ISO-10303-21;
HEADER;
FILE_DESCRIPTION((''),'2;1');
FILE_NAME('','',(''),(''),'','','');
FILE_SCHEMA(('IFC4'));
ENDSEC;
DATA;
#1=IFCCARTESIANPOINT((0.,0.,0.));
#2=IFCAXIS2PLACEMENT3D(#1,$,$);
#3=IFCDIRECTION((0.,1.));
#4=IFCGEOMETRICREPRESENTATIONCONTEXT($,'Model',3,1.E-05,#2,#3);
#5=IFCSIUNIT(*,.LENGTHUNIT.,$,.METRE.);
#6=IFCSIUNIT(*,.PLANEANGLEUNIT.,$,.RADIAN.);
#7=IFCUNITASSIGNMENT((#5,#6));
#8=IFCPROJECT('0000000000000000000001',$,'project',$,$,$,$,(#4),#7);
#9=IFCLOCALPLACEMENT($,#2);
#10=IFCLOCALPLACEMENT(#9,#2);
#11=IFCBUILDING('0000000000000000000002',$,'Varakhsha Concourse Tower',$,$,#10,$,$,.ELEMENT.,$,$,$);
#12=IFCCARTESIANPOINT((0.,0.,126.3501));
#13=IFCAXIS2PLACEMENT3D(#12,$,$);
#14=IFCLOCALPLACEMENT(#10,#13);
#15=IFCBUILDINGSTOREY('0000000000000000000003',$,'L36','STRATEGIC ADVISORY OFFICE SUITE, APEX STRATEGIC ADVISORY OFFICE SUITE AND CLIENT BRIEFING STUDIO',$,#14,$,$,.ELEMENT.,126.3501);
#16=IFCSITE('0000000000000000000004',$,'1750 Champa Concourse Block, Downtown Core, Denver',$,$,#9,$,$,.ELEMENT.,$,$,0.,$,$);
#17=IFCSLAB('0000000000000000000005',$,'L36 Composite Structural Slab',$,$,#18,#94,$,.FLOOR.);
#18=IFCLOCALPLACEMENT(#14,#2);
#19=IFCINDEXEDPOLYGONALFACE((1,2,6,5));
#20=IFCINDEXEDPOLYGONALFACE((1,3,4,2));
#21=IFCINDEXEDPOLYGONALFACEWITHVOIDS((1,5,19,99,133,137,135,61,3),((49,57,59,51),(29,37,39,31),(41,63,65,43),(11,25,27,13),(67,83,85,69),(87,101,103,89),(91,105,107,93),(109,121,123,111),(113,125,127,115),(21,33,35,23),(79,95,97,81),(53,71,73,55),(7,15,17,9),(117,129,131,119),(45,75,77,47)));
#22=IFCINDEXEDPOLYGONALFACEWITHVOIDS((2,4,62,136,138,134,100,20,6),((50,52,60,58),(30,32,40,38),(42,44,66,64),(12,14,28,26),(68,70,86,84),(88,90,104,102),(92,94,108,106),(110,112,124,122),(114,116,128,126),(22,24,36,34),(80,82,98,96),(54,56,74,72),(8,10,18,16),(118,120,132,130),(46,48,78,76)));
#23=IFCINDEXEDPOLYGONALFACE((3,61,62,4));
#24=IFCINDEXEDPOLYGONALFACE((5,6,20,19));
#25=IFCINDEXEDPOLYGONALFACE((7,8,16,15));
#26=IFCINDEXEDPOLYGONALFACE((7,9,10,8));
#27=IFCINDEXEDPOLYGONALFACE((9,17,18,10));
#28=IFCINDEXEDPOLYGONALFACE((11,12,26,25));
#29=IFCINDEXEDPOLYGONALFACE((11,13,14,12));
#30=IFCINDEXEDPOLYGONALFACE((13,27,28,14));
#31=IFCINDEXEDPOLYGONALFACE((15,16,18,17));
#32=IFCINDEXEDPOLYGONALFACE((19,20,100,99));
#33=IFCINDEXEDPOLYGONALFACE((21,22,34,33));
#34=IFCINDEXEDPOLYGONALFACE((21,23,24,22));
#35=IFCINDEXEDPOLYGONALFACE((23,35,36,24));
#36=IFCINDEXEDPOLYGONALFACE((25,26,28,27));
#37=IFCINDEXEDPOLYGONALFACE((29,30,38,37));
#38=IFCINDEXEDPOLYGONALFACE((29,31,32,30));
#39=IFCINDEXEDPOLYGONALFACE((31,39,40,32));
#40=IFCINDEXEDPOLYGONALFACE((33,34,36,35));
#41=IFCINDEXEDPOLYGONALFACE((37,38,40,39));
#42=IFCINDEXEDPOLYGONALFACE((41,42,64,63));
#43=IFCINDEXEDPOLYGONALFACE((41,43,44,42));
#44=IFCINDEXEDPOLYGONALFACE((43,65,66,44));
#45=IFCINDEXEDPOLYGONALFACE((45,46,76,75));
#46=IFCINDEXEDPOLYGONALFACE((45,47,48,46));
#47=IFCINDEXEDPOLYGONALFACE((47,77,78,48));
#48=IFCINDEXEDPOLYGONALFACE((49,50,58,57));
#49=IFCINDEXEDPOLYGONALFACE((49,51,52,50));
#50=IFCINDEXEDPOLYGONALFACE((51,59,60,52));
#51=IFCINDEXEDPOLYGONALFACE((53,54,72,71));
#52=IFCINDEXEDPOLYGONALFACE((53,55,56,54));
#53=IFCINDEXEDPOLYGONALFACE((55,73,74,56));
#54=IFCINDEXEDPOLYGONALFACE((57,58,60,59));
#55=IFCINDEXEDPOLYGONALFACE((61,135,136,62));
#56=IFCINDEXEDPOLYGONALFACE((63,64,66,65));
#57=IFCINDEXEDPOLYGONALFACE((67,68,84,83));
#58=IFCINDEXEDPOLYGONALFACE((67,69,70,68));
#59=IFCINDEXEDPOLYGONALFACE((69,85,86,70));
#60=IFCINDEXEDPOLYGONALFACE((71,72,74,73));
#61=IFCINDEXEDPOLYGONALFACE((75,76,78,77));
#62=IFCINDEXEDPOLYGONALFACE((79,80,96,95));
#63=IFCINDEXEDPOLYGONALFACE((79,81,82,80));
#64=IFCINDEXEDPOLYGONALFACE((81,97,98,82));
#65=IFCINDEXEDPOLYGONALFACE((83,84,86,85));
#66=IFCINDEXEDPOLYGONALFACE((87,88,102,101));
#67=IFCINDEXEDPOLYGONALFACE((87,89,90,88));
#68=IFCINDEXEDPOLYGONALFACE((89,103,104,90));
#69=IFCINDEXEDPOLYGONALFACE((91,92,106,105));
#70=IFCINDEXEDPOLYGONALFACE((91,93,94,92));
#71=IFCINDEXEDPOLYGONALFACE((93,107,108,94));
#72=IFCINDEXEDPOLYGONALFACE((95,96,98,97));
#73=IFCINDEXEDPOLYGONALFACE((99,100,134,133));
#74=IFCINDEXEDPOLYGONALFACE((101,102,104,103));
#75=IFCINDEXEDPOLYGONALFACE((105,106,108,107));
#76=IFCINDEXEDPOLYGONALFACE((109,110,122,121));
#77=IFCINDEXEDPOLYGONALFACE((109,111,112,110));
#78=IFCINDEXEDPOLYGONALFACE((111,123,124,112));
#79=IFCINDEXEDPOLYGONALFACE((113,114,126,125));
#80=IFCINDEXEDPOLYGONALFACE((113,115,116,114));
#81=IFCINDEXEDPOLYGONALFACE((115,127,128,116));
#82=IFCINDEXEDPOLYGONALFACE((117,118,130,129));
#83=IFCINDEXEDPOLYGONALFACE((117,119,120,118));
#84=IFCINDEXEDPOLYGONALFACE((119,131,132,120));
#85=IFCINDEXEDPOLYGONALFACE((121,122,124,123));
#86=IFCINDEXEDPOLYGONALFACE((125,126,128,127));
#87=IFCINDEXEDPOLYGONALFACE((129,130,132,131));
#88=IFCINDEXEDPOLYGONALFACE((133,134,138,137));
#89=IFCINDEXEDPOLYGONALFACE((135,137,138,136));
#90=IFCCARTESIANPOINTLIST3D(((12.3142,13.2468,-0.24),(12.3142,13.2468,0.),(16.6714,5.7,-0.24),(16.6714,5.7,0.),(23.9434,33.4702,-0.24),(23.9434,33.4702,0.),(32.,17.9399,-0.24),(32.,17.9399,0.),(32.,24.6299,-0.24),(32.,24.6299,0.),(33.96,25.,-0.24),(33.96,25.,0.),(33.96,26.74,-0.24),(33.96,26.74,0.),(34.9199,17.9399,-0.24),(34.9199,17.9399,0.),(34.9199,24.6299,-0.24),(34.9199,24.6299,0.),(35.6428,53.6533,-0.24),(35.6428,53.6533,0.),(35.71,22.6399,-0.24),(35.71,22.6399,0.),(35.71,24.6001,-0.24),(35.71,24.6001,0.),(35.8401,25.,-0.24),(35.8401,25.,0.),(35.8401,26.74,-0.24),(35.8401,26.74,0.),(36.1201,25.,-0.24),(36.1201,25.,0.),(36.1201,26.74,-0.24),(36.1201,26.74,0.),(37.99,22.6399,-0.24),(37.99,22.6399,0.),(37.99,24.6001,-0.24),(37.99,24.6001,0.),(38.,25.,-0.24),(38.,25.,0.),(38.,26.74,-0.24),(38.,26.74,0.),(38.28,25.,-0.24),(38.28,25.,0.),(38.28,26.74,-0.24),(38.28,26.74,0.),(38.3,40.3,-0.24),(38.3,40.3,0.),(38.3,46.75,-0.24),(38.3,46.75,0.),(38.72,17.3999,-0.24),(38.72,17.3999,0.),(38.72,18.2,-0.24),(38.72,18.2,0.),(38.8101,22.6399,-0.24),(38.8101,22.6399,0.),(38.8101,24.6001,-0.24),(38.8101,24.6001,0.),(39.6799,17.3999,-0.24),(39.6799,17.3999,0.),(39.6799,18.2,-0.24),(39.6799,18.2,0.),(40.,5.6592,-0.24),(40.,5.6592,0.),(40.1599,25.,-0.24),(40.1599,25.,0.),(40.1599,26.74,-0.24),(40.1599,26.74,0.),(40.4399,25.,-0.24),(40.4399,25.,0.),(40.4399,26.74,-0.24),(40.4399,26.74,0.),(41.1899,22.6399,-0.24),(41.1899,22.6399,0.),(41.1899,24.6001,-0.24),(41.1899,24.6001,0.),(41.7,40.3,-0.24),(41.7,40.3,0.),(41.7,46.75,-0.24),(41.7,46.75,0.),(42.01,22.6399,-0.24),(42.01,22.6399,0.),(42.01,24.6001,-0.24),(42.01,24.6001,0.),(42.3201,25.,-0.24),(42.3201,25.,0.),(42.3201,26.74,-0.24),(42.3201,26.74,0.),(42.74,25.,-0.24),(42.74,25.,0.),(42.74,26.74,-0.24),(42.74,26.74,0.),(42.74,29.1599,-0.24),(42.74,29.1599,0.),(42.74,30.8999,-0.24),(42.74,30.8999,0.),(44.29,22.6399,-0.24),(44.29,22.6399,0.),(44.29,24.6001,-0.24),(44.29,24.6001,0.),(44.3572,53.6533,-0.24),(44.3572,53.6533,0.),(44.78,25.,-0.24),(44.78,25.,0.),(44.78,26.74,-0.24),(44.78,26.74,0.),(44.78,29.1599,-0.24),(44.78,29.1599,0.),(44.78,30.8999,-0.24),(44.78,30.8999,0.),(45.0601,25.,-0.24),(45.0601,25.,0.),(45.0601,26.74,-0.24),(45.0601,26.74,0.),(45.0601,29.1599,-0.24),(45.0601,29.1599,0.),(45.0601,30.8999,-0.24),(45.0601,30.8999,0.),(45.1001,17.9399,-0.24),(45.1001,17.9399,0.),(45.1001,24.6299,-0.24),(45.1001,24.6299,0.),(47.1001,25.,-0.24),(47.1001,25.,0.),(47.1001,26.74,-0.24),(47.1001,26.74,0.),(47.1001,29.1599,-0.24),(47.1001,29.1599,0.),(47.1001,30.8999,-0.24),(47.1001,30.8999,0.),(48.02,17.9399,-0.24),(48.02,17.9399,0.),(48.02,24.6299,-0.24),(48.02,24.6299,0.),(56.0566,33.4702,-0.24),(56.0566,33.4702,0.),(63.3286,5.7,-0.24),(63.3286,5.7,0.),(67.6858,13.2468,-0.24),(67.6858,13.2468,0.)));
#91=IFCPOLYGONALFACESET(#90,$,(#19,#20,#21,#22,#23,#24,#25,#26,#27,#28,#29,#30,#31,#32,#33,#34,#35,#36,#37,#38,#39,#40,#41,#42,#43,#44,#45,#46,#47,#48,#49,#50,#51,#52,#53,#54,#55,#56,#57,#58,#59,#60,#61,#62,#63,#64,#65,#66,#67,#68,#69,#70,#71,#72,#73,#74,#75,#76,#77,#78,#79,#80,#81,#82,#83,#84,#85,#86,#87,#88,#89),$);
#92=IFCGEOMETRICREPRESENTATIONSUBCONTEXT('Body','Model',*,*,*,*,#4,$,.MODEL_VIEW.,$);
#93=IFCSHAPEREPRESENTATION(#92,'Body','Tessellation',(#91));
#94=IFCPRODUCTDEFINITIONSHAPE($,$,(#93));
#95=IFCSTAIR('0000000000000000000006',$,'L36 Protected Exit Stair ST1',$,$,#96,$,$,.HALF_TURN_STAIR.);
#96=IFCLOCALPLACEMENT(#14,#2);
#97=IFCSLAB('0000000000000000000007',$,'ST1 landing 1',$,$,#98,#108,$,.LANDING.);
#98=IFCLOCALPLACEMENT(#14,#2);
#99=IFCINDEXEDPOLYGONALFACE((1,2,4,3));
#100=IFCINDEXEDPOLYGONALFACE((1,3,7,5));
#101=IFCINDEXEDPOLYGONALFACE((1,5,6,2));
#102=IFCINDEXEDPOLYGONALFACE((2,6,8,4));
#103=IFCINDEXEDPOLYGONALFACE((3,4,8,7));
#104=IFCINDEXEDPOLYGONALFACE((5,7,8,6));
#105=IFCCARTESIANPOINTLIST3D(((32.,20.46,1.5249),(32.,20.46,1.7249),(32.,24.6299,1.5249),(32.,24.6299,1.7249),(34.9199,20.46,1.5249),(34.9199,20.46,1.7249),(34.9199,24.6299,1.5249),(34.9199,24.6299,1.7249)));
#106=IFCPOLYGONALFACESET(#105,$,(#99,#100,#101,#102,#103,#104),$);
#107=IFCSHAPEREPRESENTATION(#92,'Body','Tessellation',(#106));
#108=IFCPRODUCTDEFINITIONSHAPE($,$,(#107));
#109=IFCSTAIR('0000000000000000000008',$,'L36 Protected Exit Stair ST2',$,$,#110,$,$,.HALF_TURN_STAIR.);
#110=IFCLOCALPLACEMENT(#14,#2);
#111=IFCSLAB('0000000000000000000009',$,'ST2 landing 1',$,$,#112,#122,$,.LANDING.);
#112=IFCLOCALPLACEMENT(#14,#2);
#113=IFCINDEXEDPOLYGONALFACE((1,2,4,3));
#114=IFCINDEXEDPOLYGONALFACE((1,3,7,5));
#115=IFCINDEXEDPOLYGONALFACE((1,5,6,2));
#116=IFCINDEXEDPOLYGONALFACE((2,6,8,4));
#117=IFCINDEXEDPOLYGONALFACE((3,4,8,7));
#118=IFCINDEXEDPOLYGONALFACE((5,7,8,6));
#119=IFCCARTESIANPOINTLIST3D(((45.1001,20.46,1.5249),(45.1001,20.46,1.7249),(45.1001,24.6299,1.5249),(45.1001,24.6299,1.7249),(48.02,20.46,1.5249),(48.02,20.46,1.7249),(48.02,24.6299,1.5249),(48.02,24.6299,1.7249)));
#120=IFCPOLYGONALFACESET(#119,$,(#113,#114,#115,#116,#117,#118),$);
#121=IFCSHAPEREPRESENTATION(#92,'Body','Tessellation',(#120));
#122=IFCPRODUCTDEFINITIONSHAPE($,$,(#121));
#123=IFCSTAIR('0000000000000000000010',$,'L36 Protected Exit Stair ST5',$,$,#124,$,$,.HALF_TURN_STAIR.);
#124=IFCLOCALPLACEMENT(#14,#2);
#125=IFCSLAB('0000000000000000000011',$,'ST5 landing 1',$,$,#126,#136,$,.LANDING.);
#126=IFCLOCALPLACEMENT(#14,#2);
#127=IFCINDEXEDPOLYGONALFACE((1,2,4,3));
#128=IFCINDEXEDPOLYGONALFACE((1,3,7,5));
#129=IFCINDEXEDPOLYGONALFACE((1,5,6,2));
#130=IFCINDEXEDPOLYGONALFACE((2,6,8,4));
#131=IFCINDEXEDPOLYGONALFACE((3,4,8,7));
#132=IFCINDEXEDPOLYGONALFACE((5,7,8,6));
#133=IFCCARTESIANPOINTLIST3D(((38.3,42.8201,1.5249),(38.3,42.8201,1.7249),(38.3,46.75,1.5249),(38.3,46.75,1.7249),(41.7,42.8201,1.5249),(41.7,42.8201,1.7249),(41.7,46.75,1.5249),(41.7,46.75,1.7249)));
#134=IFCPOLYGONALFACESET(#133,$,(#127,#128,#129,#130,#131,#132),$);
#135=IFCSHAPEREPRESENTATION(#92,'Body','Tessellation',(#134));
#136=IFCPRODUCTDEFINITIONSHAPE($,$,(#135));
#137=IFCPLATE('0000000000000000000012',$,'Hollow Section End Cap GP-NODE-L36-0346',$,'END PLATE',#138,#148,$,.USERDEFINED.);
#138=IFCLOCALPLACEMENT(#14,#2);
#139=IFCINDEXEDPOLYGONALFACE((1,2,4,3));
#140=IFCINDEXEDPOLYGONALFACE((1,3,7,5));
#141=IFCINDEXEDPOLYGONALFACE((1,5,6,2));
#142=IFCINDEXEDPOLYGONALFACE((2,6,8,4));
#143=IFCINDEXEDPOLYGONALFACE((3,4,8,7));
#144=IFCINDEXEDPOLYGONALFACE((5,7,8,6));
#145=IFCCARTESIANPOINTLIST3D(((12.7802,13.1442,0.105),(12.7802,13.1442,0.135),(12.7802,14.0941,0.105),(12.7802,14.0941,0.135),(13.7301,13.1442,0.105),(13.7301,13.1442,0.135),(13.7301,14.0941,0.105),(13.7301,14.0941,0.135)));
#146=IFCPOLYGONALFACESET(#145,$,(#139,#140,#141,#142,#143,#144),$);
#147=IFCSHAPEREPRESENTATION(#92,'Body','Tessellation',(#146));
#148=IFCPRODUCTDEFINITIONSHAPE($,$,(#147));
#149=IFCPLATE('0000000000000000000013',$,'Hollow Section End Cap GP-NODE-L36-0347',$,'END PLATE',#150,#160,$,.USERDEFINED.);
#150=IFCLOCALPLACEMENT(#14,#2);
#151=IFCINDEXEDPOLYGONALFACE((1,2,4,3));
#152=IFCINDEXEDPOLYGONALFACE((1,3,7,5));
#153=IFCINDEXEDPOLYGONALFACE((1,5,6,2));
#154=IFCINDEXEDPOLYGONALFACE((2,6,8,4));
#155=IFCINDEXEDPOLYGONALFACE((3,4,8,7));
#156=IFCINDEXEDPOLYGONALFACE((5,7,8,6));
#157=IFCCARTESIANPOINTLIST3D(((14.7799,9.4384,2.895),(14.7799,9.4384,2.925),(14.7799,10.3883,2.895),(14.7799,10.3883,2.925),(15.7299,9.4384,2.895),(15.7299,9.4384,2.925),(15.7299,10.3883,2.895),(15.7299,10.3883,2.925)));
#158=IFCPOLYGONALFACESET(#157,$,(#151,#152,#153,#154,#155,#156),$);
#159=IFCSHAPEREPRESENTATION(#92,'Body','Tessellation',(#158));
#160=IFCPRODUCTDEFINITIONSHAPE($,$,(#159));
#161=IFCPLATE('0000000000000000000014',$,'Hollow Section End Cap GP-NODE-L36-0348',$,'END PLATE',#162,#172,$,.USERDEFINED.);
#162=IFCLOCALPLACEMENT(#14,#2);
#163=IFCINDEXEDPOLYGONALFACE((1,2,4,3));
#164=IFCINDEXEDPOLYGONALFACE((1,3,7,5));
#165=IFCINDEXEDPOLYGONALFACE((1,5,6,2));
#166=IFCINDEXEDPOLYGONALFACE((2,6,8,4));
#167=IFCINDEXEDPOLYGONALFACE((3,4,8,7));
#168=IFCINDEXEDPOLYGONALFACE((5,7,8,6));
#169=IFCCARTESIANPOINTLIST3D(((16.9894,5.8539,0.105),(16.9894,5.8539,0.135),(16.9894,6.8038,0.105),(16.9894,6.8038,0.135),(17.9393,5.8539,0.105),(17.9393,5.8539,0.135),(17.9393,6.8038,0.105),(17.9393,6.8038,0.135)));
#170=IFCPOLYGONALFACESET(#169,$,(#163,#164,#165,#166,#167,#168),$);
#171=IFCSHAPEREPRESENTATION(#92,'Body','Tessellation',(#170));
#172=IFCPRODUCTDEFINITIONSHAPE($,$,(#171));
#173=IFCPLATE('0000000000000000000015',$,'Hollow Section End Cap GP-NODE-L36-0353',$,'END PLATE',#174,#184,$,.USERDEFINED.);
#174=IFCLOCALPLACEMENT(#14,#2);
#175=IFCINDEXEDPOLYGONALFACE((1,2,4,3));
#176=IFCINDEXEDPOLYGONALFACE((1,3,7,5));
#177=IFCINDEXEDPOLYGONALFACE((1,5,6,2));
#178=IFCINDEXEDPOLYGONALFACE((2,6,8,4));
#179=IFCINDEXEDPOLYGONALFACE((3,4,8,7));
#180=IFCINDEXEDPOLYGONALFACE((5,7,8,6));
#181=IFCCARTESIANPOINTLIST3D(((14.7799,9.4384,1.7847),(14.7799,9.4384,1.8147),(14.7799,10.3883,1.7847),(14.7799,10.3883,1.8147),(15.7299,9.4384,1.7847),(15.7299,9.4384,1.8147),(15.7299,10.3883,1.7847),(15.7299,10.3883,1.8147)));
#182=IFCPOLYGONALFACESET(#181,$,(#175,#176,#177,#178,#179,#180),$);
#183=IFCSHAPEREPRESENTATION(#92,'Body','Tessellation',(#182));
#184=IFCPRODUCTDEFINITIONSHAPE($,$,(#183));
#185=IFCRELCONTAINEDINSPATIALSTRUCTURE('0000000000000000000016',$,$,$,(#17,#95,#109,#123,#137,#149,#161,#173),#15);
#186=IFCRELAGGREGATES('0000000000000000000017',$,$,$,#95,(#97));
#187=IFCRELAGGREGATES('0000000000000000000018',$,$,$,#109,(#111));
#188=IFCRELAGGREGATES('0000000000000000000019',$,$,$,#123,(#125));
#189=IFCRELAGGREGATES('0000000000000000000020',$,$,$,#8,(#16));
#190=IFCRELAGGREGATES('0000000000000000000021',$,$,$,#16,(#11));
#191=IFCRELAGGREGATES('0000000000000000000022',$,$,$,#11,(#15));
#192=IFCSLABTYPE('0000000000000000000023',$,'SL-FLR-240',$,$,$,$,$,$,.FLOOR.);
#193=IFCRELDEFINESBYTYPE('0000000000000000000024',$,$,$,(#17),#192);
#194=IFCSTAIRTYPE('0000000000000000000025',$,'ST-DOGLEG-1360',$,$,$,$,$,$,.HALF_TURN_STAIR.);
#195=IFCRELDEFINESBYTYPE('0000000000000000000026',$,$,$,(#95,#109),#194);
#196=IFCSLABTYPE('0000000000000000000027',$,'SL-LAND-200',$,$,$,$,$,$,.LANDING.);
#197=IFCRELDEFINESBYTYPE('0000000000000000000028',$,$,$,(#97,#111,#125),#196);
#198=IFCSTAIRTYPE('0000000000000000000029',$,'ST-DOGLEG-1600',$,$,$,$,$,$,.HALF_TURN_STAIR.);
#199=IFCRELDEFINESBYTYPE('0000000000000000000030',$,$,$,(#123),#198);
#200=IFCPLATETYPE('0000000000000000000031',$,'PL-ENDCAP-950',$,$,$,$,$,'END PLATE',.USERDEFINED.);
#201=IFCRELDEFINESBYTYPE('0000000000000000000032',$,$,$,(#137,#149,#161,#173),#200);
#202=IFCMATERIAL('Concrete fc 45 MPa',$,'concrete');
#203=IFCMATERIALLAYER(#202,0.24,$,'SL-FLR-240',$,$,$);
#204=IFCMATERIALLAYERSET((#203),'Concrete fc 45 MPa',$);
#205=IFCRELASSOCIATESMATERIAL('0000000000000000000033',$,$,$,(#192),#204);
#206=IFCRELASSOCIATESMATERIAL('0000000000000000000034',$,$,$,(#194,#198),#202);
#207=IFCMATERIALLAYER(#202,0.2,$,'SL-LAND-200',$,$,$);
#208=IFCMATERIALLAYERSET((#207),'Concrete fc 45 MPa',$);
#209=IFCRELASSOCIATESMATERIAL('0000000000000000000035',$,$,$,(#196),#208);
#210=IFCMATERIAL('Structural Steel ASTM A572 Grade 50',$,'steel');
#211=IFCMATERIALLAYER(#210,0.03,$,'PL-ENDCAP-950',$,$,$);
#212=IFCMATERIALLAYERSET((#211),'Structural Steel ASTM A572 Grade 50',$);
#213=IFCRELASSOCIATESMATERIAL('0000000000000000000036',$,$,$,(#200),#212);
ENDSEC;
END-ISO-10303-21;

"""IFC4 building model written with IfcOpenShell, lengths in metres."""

from ifc_helpers import new_model, si_unit, direction, frame, origin, origin_2d, place, context, subcontext, project, spatial, polyline, rectangle, outline, extrude, source, transform, mapped, material, layer, layer_set, type_object, type_shapes, element, aggregate, save


model = new_model("IFC4")

# Units and contexts
model_context = context("Model", 3, precision=1e-05, world=origin(), true_north=direction((0.0, 1.0)))
body_context = subcontext(model_context, "Body", "Model", "MODEL_VIEW")
ifc_project = project(units=[si_unit("LENGTHUNIT", "METRE"), si_unit("PLANEANGLEUNIT", "RADIAN")], contexts=[model_context])

# Site, building, storey
site_placement = place(None, origin())
site = spatial("IfcSite", under=ifc_project, at=site_placement, Name="1750 Champa Concourse Block, Downtown Core, Denver", CompositionType="ELEMENT", RefElevation=0.0)
building_placement = place(site_placement, origin())
building = spatial("IfcBuilding", under=site, at=building_placement, Name="Varakhsha Concourse Tower", CompositionType="ELEMENT")
storey_placement = place(building_placement, frame((0.0, 0.0, 126.3501)))
storey = spatial("IfcBuildingStorey", under=building, at=storey_placement, Name="L36", Description="STRATEGIC ADVISORY OFFICE SUITE, APEX STRATEGIC ADVISORY OFFICE SUITE AND CLIENT BRIEFING STUDIO", CompositionType="ELEMENT", Elevation=126.3501)

# Shared definitions
ifc_material_1 = material(Name="Structural Steel ASTM A572 Grade 50", Category="steel")

# Slab
ifc_material_2 = material(Name="Concrete fc 45 MPa", Category="concrete")
ifc_layer_1 = layer(ifc_material_2, 0.24, Name="SL-FLR-240")
ifc_layer_set_1 = layer_set([ifc_layer_1], Name="Concrete fc 45 MPa")
slab_type_1 = type_object("IfcSlabType", Name="SL-FLR-240", PredefinedType="FLOOR", material=ifc_layer_set_1)
slab_1_placement = place(storey_placement, frame((0.0, 0.0, -0.24)))
element("IfcSlab", 1, at=slab_1_placement, inside=storey, type_object=slab_type_1, Name="L36 Composite Structural Slab", PredefinedType="FLOOR", context=body_context, shape_type="SweptSolid", body=[
    extrude(outline(polyline([(44.3572, 53.6533), (35.6428, 53.6533), (23.9434, 33.4702), (12.3142, 13.2468), (16.6714, 5.7), (40.0, 5.6592), (63.3286, 5.7), (67.6858, 13.2468), (56.0566, 33.4702), (44.3572, 53.6533)]), holes=[polyline([(34.9199, 17.9399), (34.9199, 24.6299), (32.0, 24.6299), (32.0, 17.9399), (34.9199, 17.9399)]), polyline([(48.02, 17.9399), (48.02, 24.6299), (45.1001, 24.6299), (45.1001, 17.9399), (48.02, 17.9399)]), polyline([(41.7, 40.3), (41.7, 46.75), (38.3, 46.75), (38.3, 40.3), (41.7, 40.3)]), polyline([(33.96, 25.0), (35.8401, 25.0), (35.8401, 26.74), (33.96, 26.74), (33.96, 25.0)]), polyline([(36.1201, 25.0), (38.0, 25.0), (38.0, 26.74), (36.1201, 26.74), (36.1201, 25.0)]), polyline([(38.28, 25.0), (40.1599, 25.0), (40.1599, 26.74), (38.28, 26.74), (38.28, 25.0)]), polyline([(40.4399, 25.0), (42.3201, 25.0), (42.3201, 26.74), (40.4399, 26.74), (40.4399, 25.0)]), polyline([(42.74, 29.1599), (44.78, 29.1599), (44.78, 30.8999), (42.74, 30.8999), (42.74, 29.1599)]), polyline([(45.0601, 29.1599), (47.1001, 29.1599), (47.1001, 30.8999), (45.0601, 30.8999), (45.0601, 29.1599)]), polyline([(42.74, 25.0), (44.78, 25.0), (44.78, 26.74), (42.74, 26.74), (42.74, 25.0)]), polyline([(45.0601, 25.0), (47.1001, 25.0), (47.1001, 26.74), (45.0601, 26.74), (45.0601, 25.0)]), polyline([(35.71, 22.6399), (37.99, 22.6399), (37.99, 24.6001), (35.71, 24.6001), (35.71, 22.6399)]), polyline([(42.01, 22.6399), (44.29, 22.6399), (44.29, 24.6001), (42.01, 24.6001), (42.01, 22.6399)]), polyline([(38.8101, 22.6399), (41.1899, 22.6399), (41.1899, 24.6001), (38.8101, 24.6001), (38.8101, 22.6399)]), polyline([(38.72, 17.3999), (39.6799, 17.3999), (39.6799, 18.2), (38.72, 18.2), (38.72, 17.3999)])]), origin(), (0.0, 0.0, 1.0), 0.24),
])

# Stairs, slabs
stair_type_1 = type_object("IfcStairType", Name="ST-DOGLEG-1360", PredefinedType="HALF_TURN_STAIR", material=ifc_material_2)
stair_1_placement = place(storey_placement, origin())
stair_1 = element("IfcStair", 2, at=stair_1_placement, inside=storey, type_object=stair_type_1, Name="L36 Protected Exit Stair ST1", PredefinedType="HALF_TURN_STAIR")
ifc_layer_2 = layer(ifc_material_2, 0.2, Name="SL-LAND-200")
ifc_layer_set_2 = layer_set([ifc_layer_2], Name="Concrete fc 45 MPa")
slab_type_2 = type_object("IfcSlabType", Name="SL-LAND-200", PredefinedType="LANDING", material=ifc_layer_set_2)
slab_2_placement = place(storey_placement, frame((0.0, 0.0, 1.5249)))
slab_2 = element("IfcSlab", 3, at=slab_2_placement, type_object=slab_type_2, Name="ST1 landing 1", PredefinedType="LANDING", context=body_context, shape_type="SweptSolid", body=[
    extrude(outline(polyline([(34.9199, 20.46), (34.9199, 24.6299), (32.0, 24.6299), (32.0, 20.46), (34.9199, 20.46)])), origin(), (0.0, 0.0, 1.0), 0.2),
])
aggregate(stair_1, [slab_2])
stair_2_placement = place(storey_placement, origin())
stair_2 = element("IfcStair", 4, at=stair_2_placement, inside=storey, type_object=stair_type_1, Name="L36 Protected Exit Stair ST2", PredefinedType="HALF_TURN_STAIR")
slab_3_placement = place(storey_placement, frame((0.0, 0.0, 1.5249)))
slab_3 = element("IfcSlab", 5, at=slab_3_placement, type_object=slab_type_2, Name="ST2 landing 1", PredefinedType="LANDING", context=body_context, shape_type="SweptSolid", body=[
    extrude(outline(polyline([(48.02, 20.46), (48.02, 24.6299), (45.1001, 24.6299), (45.1001, 20.46), (48.02, 20.46)])), origin(), (0.0, 0.0, 1.0), 0.2),
])
aggregate(stair_2, [slab_3])
stair_type_2 = type_object("IfcStairType", Name="ST-DOGLEG-1600", PredefinedType="HALF_TURN_STAIR", material=ifc_material_2)
stair_3_placement = place(storey_placement, origin())
stair_3 = element("IfcStair", 6, at=stair_3_placement, inside=storey, type_object=stair_type_2, Name="L36 Protected Exit Stair ST5", PredefinedType="HALF_TURN_STAIR")
slab_4_placement = place(storey_placement, frame((0.0, 0.0, 1.5249)))
slab_4 = element("IfcSlab", 7, at=slab_4_placement, type_object=slab_type_2, Name="ST5 landing 1", PredefinedType="LANDING", context=body_context, shape_type="SweptSolid", body=[
    extrude(outline(polyline([(41.7, 42.8201), (41.7, 46.75), (38.3, 46.75), (38.3, 42.8201), (41.7, 42.8201)])), origin(), (0.0, 0.0, 1.0), 0.2),
])
aggregate(stair_3, [slab_4])

# Plates
ifc_layer_3 = layer(ifc_material_1, 0.03, Name="PL-ENDCAP-950")
ifc_layer_set_3 = layer_set([ifc_layer_3], Name="Structural Steel ASTM A572 Grade 50")
plate_type_1 = type_object("IfcPlateType", Name="PL-ENDCAP-950", ElementType="END PLATE", PredefinedType="USERDEFINED", material=ifc_layer_set_3)
shared_shape_1 = source(origin(), body_context, "Body", "SweptSolid", [
    extrude(rectangle(XDim=0.95, YDim=0.95, at=origin_2d()), origin(), (0.0, 0.0, 1.0), 0.03),
])
type_shapes(plate_type_1, [shared_shape_1])
for number, where, z_axis, x_axis, name in (
    (8, (13.2551, 13.6191, 0.105), (0.0, 0.0, 1.0), (1.0, 0.0, 0.0), "Hollow Section End Cap GP-NODE-L36-0346"),
    (9, (15.2549, 9.9133, 2.895), (0.0, 0.0, 1.0), (1.0, 0.0, 0.0), "Hollow Section End Cap GP-NODE-L36-0347"),
    (10, (17.4644, 6.3289, 0.105), (0.0, 0.0, 1.0), (1.0, 0.0, 0.0), "Hollow Section End Cap GP-NODE-L36-0348"),
    (11, (15.2549, 9.9133, 1.7847), (0.0, 0.0, 1.0), (1.0, 0.0, 0.0), "Hollow Section End Cap GP-NODE-L36-0353"),
):
    element("IfcPlate", number, at=place(storey_placement, frame(where, z_axis=z_axis, x_axis=x_axis)), inside=storey, type_object=plate_type_1, Name=name, ObjectType="END PLATE", PredefinedType="USERDEFINED", context=body_context, shape_type="MappedRepresentation", body=[
        mapped(shared_shape_1, transform((0.0, 0.0, 0.0), scale=1.0)),
    ])

save(model, "model.ifc")
